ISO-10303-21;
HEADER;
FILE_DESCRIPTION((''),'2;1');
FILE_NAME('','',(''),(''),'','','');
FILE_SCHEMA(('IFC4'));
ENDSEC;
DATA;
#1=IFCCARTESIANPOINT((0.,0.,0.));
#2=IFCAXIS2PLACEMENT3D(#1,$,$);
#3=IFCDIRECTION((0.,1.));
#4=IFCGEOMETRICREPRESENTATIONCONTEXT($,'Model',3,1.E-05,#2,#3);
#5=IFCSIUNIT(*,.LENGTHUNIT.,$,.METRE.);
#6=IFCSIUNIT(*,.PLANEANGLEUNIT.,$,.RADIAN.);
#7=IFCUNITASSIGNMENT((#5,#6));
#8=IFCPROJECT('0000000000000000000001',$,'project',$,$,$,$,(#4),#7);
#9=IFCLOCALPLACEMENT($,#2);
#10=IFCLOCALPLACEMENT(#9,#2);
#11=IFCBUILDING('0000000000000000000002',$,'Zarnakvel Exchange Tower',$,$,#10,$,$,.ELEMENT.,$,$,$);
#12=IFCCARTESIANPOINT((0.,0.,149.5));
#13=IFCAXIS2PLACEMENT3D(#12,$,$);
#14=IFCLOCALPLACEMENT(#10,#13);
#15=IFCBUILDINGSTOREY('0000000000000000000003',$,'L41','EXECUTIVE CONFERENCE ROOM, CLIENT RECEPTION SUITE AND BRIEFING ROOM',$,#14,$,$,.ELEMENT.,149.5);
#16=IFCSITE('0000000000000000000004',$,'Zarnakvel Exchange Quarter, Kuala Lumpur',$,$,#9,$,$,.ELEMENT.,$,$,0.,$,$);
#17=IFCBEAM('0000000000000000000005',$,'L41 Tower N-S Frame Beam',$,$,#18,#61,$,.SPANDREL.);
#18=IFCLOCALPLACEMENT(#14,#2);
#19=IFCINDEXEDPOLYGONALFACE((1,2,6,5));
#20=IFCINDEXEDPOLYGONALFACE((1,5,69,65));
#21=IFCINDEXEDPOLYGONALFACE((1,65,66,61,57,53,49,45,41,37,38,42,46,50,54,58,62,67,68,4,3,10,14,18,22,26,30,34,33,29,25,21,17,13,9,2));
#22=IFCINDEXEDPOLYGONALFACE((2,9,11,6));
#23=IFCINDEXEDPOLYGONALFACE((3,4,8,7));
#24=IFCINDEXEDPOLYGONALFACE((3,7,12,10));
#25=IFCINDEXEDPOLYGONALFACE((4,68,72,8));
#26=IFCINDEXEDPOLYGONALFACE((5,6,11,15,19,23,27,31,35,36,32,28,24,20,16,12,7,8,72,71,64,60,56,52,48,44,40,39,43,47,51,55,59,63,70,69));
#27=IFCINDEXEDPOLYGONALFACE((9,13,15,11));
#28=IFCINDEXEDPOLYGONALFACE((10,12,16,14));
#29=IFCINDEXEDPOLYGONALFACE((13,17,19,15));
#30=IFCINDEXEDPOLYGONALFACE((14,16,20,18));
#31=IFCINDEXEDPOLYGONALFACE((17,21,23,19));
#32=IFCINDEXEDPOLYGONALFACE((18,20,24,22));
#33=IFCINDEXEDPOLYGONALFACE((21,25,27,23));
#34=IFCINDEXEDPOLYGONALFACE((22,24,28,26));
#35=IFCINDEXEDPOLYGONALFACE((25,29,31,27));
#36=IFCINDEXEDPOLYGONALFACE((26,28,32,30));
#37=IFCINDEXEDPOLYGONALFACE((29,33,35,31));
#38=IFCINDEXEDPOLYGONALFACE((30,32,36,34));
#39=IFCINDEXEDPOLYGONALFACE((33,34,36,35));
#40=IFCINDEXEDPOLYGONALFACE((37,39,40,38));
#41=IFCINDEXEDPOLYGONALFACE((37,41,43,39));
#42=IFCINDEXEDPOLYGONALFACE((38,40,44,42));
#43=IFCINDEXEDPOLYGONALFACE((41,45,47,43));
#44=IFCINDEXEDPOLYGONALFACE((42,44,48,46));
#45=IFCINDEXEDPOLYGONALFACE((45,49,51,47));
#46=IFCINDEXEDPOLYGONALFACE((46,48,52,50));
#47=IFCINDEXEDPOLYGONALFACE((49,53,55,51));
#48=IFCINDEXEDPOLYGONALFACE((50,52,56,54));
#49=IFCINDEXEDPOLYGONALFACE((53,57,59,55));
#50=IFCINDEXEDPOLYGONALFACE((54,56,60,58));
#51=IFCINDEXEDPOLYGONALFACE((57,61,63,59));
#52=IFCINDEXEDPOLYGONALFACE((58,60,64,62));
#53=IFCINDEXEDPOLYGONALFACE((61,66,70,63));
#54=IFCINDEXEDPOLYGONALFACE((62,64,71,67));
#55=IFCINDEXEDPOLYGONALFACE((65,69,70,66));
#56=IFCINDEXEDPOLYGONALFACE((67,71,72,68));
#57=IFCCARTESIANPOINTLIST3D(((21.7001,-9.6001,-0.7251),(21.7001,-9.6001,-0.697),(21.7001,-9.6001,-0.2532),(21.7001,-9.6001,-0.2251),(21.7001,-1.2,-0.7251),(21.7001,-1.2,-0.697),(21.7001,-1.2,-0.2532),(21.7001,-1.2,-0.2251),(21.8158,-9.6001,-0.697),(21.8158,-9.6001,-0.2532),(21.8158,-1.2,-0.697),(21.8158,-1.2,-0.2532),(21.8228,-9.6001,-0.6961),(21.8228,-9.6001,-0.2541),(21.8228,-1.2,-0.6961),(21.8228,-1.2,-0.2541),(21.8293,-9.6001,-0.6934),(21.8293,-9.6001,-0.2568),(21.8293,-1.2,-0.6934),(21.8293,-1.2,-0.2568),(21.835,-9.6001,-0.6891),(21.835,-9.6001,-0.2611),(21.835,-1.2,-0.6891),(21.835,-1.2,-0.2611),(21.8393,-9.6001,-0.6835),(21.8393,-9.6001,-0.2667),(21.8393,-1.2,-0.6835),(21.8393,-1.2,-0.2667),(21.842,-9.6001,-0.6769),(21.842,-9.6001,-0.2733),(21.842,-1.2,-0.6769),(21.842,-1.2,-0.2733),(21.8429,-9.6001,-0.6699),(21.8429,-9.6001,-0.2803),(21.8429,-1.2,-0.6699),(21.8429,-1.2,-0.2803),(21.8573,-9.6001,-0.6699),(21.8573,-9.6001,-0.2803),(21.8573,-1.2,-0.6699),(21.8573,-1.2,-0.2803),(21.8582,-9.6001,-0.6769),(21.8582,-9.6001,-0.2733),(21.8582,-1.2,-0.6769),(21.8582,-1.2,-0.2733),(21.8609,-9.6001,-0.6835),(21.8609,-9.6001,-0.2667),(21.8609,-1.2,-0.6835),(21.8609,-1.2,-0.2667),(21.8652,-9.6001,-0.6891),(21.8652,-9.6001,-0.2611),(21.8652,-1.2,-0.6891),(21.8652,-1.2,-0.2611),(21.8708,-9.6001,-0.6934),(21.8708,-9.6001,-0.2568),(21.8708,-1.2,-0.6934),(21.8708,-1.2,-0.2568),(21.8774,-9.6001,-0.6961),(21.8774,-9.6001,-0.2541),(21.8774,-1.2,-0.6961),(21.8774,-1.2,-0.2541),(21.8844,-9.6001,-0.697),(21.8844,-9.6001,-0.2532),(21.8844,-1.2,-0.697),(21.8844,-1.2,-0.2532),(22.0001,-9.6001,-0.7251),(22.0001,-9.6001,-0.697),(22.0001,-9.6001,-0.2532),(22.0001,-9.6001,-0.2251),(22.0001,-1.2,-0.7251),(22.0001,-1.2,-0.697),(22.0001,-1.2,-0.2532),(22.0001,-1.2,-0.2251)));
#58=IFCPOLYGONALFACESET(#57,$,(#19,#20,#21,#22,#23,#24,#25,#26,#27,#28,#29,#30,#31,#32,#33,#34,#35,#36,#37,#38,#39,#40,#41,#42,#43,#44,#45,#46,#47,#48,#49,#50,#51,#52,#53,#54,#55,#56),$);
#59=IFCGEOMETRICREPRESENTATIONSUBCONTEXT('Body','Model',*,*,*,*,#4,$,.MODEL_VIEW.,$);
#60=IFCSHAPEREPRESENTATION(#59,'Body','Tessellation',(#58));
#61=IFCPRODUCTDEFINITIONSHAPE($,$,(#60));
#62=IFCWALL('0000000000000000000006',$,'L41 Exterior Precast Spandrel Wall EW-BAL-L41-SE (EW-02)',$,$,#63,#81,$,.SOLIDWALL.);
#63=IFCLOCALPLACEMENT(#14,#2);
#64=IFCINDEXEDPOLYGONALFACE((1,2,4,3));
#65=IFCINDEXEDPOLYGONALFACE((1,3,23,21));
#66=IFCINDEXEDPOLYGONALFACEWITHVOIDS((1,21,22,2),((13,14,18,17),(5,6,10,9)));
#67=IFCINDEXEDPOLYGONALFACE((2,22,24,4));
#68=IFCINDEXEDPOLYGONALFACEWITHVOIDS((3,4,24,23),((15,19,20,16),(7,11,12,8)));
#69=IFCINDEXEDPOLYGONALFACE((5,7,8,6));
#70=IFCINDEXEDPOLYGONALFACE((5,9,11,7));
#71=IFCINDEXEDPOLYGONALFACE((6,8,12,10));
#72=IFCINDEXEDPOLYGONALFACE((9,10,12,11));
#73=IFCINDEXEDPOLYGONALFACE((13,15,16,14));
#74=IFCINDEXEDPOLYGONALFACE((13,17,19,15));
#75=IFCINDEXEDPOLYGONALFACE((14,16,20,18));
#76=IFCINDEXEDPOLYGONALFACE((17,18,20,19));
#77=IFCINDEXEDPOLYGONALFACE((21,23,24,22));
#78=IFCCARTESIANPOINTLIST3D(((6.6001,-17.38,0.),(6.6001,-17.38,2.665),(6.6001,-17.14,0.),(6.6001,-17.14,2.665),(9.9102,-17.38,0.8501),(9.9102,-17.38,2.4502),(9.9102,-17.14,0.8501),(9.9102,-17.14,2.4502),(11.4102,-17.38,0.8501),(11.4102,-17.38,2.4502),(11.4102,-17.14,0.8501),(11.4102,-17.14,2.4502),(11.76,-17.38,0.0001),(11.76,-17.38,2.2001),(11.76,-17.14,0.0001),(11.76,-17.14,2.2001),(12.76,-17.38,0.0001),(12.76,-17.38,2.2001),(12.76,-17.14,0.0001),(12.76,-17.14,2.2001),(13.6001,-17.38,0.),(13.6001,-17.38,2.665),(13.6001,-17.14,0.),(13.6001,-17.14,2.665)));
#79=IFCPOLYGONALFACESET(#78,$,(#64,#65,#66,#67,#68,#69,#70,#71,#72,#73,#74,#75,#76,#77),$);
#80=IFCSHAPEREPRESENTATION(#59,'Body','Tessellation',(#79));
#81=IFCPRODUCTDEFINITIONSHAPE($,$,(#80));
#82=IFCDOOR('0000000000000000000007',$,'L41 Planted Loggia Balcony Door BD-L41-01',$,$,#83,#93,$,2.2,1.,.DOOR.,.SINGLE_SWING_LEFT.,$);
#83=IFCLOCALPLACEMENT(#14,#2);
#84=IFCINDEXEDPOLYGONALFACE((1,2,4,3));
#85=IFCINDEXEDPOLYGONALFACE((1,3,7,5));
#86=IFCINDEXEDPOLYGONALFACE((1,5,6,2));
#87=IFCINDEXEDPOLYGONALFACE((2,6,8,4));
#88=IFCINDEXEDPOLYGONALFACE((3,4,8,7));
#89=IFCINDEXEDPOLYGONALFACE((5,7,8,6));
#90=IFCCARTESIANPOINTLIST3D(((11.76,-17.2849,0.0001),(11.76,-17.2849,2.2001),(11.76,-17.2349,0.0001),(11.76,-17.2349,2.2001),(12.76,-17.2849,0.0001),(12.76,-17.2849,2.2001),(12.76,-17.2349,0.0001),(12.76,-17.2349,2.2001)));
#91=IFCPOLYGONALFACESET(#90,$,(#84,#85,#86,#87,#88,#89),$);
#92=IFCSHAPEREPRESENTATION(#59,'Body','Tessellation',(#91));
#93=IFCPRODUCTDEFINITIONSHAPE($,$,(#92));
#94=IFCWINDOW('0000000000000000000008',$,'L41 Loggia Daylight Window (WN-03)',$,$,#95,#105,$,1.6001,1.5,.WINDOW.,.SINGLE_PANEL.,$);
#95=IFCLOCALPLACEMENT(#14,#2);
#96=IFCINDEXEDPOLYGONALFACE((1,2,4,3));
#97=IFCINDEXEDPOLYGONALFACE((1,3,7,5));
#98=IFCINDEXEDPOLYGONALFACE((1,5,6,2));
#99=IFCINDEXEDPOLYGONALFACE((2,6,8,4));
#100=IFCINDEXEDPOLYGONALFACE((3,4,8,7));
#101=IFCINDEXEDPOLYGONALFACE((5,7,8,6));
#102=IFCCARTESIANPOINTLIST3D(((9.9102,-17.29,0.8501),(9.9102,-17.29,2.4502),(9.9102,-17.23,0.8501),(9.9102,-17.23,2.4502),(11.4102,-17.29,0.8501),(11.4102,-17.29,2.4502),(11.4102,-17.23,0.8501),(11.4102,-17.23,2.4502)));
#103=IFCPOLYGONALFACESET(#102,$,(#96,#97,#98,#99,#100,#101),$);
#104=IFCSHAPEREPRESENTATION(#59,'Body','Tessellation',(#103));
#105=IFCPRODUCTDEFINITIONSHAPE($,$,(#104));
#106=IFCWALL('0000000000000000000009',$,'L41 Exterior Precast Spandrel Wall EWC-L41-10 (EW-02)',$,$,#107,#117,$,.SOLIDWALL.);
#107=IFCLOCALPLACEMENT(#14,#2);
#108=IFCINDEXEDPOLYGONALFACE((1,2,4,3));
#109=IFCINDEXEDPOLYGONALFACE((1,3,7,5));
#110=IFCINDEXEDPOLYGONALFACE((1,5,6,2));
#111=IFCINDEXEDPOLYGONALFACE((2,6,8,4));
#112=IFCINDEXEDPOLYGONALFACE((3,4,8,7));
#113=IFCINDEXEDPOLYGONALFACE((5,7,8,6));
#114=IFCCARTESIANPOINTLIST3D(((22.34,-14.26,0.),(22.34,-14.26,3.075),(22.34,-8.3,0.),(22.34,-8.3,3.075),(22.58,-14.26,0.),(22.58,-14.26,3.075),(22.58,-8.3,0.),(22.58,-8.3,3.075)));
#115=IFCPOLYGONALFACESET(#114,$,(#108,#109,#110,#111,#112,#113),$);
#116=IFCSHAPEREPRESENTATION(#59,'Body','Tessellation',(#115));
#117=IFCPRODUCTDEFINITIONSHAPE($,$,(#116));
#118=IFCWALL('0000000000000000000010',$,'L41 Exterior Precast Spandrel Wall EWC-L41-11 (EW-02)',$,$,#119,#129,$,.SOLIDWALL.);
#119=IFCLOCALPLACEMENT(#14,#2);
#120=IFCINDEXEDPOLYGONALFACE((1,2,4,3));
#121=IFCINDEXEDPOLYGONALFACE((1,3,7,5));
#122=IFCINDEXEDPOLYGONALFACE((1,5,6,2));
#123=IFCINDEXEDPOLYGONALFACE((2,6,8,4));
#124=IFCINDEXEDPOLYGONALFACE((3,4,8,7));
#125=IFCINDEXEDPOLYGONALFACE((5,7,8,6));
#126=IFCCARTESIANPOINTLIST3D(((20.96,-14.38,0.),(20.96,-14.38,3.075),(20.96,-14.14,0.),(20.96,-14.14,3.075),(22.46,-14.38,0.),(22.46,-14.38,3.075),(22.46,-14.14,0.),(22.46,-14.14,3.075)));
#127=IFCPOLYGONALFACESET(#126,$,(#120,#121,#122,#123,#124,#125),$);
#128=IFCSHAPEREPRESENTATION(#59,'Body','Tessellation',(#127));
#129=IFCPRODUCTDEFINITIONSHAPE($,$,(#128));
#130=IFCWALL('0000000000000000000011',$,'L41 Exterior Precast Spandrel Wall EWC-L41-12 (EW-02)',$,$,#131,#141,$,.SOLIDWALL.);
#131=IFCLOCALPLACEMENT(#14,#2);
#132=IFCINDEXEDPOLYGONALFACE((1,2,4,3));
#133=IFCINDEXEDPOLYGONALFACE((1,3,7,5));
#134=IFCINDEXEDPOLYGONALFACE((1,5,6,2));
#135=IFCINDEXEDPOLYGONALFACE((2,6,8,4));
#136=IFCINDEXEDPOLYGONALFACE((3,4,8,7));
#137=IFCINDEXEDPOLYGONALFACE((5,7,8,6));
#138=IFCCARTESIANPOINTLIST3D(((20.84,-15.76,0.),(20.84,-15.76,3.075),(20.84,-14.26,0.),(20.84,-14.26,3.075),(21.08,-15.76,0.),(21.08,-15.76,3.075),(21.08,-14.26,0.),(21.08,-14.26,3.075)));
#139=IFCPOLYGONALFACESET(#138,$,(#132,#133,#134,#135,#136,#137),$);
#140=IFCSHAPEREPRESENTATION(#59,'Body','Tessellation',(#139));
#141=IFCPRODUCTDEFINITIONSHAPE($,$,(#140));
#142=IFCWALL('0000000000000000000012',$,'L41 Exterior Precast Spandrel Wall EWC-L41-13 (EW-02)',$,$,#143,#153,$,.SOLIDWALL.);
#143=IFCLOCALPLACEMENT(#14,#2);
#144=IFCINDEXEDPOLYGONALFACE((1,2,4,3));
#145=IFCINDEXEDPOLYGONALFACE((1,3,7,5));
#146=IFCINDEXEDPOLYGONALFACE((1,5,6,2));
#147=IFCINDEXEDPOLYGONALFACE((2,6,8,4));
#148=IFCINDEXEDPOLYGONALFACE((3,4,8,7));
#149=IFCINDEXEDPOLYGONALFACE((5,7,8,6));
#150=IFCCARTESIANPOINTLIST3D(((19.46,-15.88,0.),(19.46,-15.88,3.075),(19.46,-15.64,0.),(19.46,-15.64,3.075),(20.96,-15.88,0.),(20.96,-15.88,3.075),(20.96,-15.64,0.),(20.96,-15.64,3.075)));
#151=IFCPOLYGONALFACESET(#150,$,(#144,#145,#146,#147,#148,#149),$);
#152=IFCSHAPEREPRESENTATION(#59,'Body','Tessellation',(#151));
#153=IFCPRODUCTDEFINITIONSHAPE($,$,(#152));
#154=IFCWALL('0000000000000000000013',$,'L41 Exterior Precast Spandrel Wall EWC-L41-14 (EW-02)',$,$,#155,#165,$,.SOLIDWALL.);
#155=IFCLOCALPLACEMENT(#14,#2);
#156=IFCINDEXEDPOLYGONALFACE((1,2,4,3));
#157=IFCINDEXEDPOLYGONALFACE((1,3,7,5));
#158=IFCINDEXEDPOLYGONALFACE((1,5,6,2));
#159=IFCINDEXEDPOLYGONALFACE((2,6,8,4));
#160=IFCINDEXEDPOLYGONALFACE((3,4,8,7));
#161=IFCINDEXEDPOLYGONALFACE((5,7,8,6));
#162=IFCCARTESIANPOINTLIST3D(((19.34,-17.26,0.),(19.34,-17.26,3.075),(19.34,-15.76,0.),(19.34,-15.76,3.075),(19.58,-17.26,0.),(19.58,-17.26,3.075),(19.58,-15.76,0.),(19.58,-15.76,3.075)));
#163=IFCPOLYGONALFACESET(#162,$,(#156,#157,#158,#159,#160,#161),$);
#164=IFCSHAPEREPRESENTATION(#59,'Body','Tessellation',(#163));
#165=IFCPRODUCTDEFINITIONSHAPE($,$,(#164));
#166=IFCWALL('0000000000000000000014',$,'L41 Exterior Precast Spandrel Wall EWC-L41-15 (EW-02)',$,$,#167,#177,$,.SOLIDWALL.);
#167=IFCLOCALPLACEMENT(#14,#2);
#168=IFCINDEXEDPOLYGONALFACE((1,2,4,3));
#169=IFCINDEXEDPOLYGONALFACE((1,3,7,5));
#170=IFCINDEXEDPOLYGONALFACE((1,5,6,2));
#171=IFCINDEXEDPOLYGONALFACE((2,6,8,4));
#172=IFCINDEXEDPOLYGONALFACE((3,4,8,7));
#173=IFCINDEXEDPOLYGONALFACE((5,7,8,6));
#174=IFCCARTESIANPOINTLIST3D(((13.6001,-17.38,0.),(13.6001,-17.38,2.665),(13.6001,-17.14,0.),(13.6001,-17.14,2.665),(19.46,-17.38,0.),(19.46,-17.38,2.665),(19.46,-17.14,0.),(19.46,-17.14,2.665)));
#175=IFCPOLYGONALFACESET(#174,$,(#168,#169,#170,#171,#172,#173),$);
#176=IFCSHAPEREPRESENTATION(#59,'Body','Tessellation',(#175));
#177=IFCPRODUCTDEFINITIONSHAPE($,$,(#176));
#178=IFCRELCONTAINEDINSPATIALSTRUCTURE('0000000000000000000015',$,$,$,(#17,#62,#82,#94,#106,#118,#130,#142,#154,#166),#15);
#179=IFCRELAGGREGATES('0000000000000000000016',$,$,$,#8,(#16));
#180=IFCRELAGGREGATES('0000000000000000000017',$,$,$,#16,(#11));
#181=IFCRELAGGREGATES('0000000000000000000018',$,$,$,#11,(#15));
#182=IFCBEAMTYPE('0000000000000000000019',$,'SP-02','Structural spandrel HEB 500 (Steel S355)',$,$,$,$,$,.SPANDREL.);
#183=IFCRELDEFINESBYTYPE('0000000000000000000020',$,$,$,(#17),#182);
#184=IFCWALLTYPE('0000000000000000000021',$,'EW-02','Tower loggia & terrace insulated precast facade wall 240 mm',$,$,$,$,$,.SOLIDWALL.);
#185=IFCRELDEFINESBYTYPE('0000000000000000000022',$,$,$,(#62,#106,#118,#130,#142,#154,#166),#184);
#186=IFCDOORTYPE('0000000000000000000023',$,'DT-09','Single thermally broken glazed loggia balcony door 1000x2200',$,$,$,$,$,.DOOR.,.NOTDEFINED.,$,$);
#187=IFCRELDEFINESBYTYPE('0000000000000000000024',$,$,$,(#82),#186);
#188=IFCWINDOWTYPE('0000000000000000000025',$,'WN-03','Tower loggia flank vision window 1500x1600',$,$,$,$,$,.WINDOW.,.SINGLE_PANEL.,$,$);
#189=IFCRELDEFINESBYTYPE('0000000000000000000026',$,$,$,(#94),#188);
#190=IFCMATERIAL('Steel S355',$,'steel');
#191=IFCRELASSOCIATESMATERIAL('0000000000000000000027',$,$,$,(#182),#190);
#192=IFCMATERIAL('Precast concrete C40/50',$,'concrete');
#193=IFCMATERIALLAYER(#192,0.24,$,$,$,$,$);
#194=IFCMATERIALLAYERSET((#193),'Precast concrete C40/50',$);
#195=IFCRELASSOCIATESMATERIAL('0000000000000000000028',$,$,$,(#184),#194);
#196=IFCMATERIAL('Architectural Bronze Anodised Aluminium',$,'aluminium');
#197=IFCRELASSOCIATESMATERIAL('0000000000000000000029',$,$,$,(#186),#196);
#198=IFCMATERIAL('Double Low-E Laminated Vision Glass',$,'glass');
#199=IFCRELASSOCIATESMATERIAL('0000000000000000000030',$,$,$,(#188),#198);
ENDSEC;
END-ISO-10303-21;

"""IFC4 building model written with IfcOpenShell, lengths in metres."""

from ifc_helpers import new_model, si_unit, direction, frame, frame_2d, origin, origin_2d, place, context, subcontext, project, spatial, rectangle, i_section, extrude, source, transform, mapped, material, layer, layer_set, material_profile, profile_set, type_object, element, fill, save


model = new_model("IFC4")

# Units and contexts
model_context = context("Model", 3, precision=1e-05, world=origin(), true_north=direction((0.0, 1.0)))
body_context = subcontext(model_context, "Body", "Model", "MODEL_VIEW")
ifc_project = project(units=[si_unit("LENGTHUNIT", "METRE"), si_unit("PLANEANGLEUNIT", "RADIAN")], contexts=[model_context])

# Site, building, storey
site_placement = place(None, origin())
site = spatial("IfcSite", under=ifc_project, at=site_placement, Name="Zarnakvel Exchange Quarter, Kuala Lumpur", CompositionType="ELEMENT", RefElevation=0.0)
building_placement = place(site_placement, origin())
building = spatial("IfcBuilding", under=site, at=building_placement, Name="Zarnakvel Exchange Tower", CompositionType="ELEMENT")
storey_placement = place(building_placement, frame((0.0, 0.0, 149.5)))
storey = spatial("IfcBuildingStorey", under=building, at=storey_placement, Name="L41", Description="EXECUTIVE CONFERENCE ROOM, CLIENT RECEPTION SUITE AND BRIEFING ROOM", CompositionType="ELEMENT", Elevation=149.5)

# Shared definitions
ifc_material_1 = material(Name="Steel S355", Category="steel")

# Beam
ifc_material_profile_1 = material_profile(ifc_material_1, i_section(OverallWidth=0.3, OverallDepth=0.5, WebThickness=0.0144, FlangeThickness=0.0281, FilletRadius=0.0271, at=origin_2d()))
ifc_profile_set_1 = profile_set([ifc_material_profile_1], Name="Steel S355")
beam_type_1 = type_object("IfcBeamType", Name="SP-02", Description="Structural spandrel HEB 500 (Steel S355)", PredefinedType="SPANDREL", material=ifc_profile_set_1)
beam_1_placement = place(storey_placement, frame((21.8501, -9.6001, -0.4751), z_axis=(0.0, 1.0, 0.0), x_axis=(-1.0, 0.0, 0.0)))
element("IfcBeam", 1, at=beam_1_placement, inside=storey, type_object=beam_type_1, Name="L41 Tower N-S Frame Beam", PredefinedType="SPANDREL", context=body_context, shape_type="SweptSolid", body=[
    extrude(i_section(OverallWidth=0.3, OverallDepth=0.5, WebThickness=0.0144, FlangeThickness=0.0281, FilletRadius=0.0271, at=origin_2d()), origin(), (0.0, 0.0, 1.0), 8.4001),
])

# Wall, openings, door, window
ifc_material_2 = material(Name="Precast concrete C40/50", Category="concrete")
ifc_layer_1 = layer(ifc_material_2, 0.24)
ifc_layer_set_1 = layer_set([ifc_layer_1], Name="Precast concrete C40/50")
wall_type_1 = type_object("IfcWallType", Name="EW-02", Description="Tower loggia & terrace insulated precast facade wall 240 mm", PredefinedType="SOLIDWALL", material=ifc_layer_set_1)
wall_1_placement = place(storey_placement, frame((13.6001, -17.26, 0.0), z_axis=(0.0, 0.0, 1.0), x_axis=(-1.0, 0.0, 0.0)))
wall_1 = element("IfcWall", 2, at=wall_1_placement, inside=storey, type_object=wall_type_1, Name="L41 Exterior Precast Spandrel Wall EW-BAL-L41-SE (EW-02)", PredefinedType="SOLIDWALL", context=body_context, shape_type="SweptSolid", body=[
    extrude(rectangle(XDim=7.0, YDim=0.24, at=frame_2d((3.5, 0.0))), origin(), (0.0, 0.0, 1.0), 2.665),
])
opening_1_placement = place(wall_1_placement, frame((0.8401, 0.0, 0.0)))
opening_1 = element("IfcOpeningElement", 3, at=opening_1_placement, cuts=wall_1, PredefinedType="OPENING", context=body_context, shape_type="SweptSolid", body=[
    extrude(rectangle(XDim=1.0, YDim=2.2, at=frame_2d((0.5, 1.1001))), frame((0.0, 0.1299, 0.0), z_axis=(0.0, -1.0, 0.0), x_axis=(1.0, 0.0, 0.0)), (0.0, 0.0, 1.0), 0.26),
])
opening_2_placement = place(wall_1_placement, frame((2.1899, 0.0, 0.8501)))
opening_2 = element("IfcOpeningElement", 4, at=opening_2_placement, cuts=wall_1, PredefinedType="OPENING", context=body_context, shape_type="SweptSolid", body=[
    extrude(rectangle(XDim=1.5, YDim=1.6001, at=frame_2d((0.75, 0.8))), frame((0.0, 0.1299, 0.0), z_axis=(0.0, -1.0, 0.0), x_axis=(1.0, 0.0, 0.0)), (0.0, 0.0, 1.0), 0.26),
])
ifc_material_3 = material(Name="Architectural Bronze Anodised Aluminium", Category="aluminium")
door_type_1 = type_object("IfcDoorType", Name="DT-09", Description="Single thermally broken glazed loggia balcony door 1000x2200", OperationType="NOTDEFINED", PredefinedType="DOOR", material=ifc_material_3)
shared_shape_1 = source(origin(), body_context, "Body", "SweptSolid", [
    extrude(rectangle(XDim=1.0, YDim=2.2, at=frame_2d((0.5, 1.1001))), frame((0.0, 0.0249, 0.0), z_axis=(0.0, -1.0, 0.0), x_axis=(1.0, 0.0, 0.0)), (0.0, 0.0, 1.0), 0.05),
])
door_1_placement = place(opening_1_placement, origin())
door_1 = element("IfcDoor", 5, at=door_1_placement, inside=storey, type_object=door_type_1, Name="L41 Planted Loggia Balcony Door BD-L41-01", OperationType="SINGLE_SWING_LEFT", OverallHeight=2.2, OverallWidth=1.0, PredefinedType="DOOR", context=body_context, shape_type="MappedRepresentation", body=[
    mapped(shared_shape_1, transform((0.0, 0.0, 0.0), x_axis=(1.0, 0.0, 0.0), y_axis=(0.0, 1.0, 0.0), z_axis=(0.0, 0.0, 1.0), scale=1.0)),
])
fill(opening_1, door_1)
ifc_material_4 = material(Name="Double Low-E Laminated Vision Glass", Category="glass")
window_type = type_object("IfcWindowType", Name="WN-03", Description="Tower loggia flank vision window 1500x1600", PartitioningType="SINGLE_PANEL", PredefinedType="WINDOW", material=ifc_material_4)
shared_shape_2 = source(origin(), body_context, "Body", "SweptSolid", [
    extrude(rectangle(XDim=1.5, YDim=1.6001, at=frame_2d((0.75, 0.8))), frame((0.0, 0.03, 0.0), z_axis=(0.0, -1.0, 0.0), x_axis=(1.0, 0.0, 0.0)), (0.0, 0.0, 1.0), 0.0601),
])
window_placement = place(opening_2_placement, origin())
window = element("IfcWindow", 6, at=window_placement, inside=storey, type_object=window_type, Name="L41 Loggia Daylight Window (WN-03)", OverallHeight=1.6001, OverallWidth=1.5, PartitioningType="SINGLE_PANEL", PredefinedType="WINDOW", context=body_context, shape_type="MappedRepresentation", body=[
    mapped(shared_shape_2, transform((0.0, 0.0, 0.0), x_axis=(1.0, 0.0, 0.0), y_axis=(0.0, 1.0, 0.0), z_axis=(0.0, 0.0, 1.0), scale=1.0)),
])
fill(opening_2, window)

# Walls
wall_2_placement = place(storey_placement, frame((22.46, -14.26, 0.0), z_axis=(0.0, 0.0, 1.0), x_axis=(0.0, 1.0, 0.0)))
element("IfcWall", 7, at=wall_2_placement, inside=storey, type_object=wall_type_1, Name="L41 Exterior Precast Spandrel Wall EWC-L41-10 (EW-02)", PredefinedType="SOLIDWALL", context=body_context, shape_type="SweptSolid", body=[
    extrude(rectangle(XDim=5.96, YDim=0.24, at=frame_2d((2.98, 0.0))), origin(), (0.0, 0.0, 1.0), 3.075),
])
for number, where, z_axis, x_axis, name in (
    (8, (20.96, -14.26, 0.0), (0.0, 0.0, 1.0), (1.0, 0.0, 0.0), "L41 Exterior Precast Spandrel Wall EWC-L41-11 (EW-02)"),
    (9, (20.96, -15.76, 0.0), (0.0, 0.0, 1.0), (0.0, 1.0, 0.0), "L41 Exterior Precast Spandrel Wall EWC-L41-12 (EW-02)"),
    (10, (19.46, -15.76, 0.0), (0.0, 0.0, 1.0), (1.0, 0.0, 0.0), "L41 Exterior Precast Spandrel Wall EWC-L41-13 (EW-02)"),
    (11, (19.46, -17.26, 0.0), (0.0, 0.0, 1.0), (0.0, 1.0, 0.0), "L41 Exterior Precast Spandrel Wall EWC-L41-14 (EW-02)"),
):
    element("IfcWall", number, at=place(storey_placement, frame(where, z_axis=z_axis, x_axis=x_axis)), inside=storey, type_object=wall_type_1, Name=name, PredefinedType="SOLIDWALL", context=body_context, shape_type="SweptSolid", body=[
        extrude(rectangle(XDim=1.5, YDim=0.24, at=frame_2d((0.75, 0.0))), origin(), (0.0, 0.0, 1.0), 3.075),
    ])
wall_3_placement = place(storey_placement, frame((13.6001, -17.26, 0.0), z_axis=(0.0, 0.0, 1.0), x_axis=(1.0, 0.0, 0.0)))
element("IfcWall", 12, at=wall_3_placement, inside=storey, type_object=wall_type_1, Name="L41 Exterior Precast Spandrel Wall EWC-L41-15 (EW-02)", PredefinedType="SOLIDWALL", context=body_context, shape_type="SweptSolid", body=[
    extrude(rectangle(XDim=5.8599, YDim=0.24, at=frame_2d((2.9299, 0.0))), origin(), (0.0, 0.0, 1.0), 2.665),
])

save(model, "model.ifc")
